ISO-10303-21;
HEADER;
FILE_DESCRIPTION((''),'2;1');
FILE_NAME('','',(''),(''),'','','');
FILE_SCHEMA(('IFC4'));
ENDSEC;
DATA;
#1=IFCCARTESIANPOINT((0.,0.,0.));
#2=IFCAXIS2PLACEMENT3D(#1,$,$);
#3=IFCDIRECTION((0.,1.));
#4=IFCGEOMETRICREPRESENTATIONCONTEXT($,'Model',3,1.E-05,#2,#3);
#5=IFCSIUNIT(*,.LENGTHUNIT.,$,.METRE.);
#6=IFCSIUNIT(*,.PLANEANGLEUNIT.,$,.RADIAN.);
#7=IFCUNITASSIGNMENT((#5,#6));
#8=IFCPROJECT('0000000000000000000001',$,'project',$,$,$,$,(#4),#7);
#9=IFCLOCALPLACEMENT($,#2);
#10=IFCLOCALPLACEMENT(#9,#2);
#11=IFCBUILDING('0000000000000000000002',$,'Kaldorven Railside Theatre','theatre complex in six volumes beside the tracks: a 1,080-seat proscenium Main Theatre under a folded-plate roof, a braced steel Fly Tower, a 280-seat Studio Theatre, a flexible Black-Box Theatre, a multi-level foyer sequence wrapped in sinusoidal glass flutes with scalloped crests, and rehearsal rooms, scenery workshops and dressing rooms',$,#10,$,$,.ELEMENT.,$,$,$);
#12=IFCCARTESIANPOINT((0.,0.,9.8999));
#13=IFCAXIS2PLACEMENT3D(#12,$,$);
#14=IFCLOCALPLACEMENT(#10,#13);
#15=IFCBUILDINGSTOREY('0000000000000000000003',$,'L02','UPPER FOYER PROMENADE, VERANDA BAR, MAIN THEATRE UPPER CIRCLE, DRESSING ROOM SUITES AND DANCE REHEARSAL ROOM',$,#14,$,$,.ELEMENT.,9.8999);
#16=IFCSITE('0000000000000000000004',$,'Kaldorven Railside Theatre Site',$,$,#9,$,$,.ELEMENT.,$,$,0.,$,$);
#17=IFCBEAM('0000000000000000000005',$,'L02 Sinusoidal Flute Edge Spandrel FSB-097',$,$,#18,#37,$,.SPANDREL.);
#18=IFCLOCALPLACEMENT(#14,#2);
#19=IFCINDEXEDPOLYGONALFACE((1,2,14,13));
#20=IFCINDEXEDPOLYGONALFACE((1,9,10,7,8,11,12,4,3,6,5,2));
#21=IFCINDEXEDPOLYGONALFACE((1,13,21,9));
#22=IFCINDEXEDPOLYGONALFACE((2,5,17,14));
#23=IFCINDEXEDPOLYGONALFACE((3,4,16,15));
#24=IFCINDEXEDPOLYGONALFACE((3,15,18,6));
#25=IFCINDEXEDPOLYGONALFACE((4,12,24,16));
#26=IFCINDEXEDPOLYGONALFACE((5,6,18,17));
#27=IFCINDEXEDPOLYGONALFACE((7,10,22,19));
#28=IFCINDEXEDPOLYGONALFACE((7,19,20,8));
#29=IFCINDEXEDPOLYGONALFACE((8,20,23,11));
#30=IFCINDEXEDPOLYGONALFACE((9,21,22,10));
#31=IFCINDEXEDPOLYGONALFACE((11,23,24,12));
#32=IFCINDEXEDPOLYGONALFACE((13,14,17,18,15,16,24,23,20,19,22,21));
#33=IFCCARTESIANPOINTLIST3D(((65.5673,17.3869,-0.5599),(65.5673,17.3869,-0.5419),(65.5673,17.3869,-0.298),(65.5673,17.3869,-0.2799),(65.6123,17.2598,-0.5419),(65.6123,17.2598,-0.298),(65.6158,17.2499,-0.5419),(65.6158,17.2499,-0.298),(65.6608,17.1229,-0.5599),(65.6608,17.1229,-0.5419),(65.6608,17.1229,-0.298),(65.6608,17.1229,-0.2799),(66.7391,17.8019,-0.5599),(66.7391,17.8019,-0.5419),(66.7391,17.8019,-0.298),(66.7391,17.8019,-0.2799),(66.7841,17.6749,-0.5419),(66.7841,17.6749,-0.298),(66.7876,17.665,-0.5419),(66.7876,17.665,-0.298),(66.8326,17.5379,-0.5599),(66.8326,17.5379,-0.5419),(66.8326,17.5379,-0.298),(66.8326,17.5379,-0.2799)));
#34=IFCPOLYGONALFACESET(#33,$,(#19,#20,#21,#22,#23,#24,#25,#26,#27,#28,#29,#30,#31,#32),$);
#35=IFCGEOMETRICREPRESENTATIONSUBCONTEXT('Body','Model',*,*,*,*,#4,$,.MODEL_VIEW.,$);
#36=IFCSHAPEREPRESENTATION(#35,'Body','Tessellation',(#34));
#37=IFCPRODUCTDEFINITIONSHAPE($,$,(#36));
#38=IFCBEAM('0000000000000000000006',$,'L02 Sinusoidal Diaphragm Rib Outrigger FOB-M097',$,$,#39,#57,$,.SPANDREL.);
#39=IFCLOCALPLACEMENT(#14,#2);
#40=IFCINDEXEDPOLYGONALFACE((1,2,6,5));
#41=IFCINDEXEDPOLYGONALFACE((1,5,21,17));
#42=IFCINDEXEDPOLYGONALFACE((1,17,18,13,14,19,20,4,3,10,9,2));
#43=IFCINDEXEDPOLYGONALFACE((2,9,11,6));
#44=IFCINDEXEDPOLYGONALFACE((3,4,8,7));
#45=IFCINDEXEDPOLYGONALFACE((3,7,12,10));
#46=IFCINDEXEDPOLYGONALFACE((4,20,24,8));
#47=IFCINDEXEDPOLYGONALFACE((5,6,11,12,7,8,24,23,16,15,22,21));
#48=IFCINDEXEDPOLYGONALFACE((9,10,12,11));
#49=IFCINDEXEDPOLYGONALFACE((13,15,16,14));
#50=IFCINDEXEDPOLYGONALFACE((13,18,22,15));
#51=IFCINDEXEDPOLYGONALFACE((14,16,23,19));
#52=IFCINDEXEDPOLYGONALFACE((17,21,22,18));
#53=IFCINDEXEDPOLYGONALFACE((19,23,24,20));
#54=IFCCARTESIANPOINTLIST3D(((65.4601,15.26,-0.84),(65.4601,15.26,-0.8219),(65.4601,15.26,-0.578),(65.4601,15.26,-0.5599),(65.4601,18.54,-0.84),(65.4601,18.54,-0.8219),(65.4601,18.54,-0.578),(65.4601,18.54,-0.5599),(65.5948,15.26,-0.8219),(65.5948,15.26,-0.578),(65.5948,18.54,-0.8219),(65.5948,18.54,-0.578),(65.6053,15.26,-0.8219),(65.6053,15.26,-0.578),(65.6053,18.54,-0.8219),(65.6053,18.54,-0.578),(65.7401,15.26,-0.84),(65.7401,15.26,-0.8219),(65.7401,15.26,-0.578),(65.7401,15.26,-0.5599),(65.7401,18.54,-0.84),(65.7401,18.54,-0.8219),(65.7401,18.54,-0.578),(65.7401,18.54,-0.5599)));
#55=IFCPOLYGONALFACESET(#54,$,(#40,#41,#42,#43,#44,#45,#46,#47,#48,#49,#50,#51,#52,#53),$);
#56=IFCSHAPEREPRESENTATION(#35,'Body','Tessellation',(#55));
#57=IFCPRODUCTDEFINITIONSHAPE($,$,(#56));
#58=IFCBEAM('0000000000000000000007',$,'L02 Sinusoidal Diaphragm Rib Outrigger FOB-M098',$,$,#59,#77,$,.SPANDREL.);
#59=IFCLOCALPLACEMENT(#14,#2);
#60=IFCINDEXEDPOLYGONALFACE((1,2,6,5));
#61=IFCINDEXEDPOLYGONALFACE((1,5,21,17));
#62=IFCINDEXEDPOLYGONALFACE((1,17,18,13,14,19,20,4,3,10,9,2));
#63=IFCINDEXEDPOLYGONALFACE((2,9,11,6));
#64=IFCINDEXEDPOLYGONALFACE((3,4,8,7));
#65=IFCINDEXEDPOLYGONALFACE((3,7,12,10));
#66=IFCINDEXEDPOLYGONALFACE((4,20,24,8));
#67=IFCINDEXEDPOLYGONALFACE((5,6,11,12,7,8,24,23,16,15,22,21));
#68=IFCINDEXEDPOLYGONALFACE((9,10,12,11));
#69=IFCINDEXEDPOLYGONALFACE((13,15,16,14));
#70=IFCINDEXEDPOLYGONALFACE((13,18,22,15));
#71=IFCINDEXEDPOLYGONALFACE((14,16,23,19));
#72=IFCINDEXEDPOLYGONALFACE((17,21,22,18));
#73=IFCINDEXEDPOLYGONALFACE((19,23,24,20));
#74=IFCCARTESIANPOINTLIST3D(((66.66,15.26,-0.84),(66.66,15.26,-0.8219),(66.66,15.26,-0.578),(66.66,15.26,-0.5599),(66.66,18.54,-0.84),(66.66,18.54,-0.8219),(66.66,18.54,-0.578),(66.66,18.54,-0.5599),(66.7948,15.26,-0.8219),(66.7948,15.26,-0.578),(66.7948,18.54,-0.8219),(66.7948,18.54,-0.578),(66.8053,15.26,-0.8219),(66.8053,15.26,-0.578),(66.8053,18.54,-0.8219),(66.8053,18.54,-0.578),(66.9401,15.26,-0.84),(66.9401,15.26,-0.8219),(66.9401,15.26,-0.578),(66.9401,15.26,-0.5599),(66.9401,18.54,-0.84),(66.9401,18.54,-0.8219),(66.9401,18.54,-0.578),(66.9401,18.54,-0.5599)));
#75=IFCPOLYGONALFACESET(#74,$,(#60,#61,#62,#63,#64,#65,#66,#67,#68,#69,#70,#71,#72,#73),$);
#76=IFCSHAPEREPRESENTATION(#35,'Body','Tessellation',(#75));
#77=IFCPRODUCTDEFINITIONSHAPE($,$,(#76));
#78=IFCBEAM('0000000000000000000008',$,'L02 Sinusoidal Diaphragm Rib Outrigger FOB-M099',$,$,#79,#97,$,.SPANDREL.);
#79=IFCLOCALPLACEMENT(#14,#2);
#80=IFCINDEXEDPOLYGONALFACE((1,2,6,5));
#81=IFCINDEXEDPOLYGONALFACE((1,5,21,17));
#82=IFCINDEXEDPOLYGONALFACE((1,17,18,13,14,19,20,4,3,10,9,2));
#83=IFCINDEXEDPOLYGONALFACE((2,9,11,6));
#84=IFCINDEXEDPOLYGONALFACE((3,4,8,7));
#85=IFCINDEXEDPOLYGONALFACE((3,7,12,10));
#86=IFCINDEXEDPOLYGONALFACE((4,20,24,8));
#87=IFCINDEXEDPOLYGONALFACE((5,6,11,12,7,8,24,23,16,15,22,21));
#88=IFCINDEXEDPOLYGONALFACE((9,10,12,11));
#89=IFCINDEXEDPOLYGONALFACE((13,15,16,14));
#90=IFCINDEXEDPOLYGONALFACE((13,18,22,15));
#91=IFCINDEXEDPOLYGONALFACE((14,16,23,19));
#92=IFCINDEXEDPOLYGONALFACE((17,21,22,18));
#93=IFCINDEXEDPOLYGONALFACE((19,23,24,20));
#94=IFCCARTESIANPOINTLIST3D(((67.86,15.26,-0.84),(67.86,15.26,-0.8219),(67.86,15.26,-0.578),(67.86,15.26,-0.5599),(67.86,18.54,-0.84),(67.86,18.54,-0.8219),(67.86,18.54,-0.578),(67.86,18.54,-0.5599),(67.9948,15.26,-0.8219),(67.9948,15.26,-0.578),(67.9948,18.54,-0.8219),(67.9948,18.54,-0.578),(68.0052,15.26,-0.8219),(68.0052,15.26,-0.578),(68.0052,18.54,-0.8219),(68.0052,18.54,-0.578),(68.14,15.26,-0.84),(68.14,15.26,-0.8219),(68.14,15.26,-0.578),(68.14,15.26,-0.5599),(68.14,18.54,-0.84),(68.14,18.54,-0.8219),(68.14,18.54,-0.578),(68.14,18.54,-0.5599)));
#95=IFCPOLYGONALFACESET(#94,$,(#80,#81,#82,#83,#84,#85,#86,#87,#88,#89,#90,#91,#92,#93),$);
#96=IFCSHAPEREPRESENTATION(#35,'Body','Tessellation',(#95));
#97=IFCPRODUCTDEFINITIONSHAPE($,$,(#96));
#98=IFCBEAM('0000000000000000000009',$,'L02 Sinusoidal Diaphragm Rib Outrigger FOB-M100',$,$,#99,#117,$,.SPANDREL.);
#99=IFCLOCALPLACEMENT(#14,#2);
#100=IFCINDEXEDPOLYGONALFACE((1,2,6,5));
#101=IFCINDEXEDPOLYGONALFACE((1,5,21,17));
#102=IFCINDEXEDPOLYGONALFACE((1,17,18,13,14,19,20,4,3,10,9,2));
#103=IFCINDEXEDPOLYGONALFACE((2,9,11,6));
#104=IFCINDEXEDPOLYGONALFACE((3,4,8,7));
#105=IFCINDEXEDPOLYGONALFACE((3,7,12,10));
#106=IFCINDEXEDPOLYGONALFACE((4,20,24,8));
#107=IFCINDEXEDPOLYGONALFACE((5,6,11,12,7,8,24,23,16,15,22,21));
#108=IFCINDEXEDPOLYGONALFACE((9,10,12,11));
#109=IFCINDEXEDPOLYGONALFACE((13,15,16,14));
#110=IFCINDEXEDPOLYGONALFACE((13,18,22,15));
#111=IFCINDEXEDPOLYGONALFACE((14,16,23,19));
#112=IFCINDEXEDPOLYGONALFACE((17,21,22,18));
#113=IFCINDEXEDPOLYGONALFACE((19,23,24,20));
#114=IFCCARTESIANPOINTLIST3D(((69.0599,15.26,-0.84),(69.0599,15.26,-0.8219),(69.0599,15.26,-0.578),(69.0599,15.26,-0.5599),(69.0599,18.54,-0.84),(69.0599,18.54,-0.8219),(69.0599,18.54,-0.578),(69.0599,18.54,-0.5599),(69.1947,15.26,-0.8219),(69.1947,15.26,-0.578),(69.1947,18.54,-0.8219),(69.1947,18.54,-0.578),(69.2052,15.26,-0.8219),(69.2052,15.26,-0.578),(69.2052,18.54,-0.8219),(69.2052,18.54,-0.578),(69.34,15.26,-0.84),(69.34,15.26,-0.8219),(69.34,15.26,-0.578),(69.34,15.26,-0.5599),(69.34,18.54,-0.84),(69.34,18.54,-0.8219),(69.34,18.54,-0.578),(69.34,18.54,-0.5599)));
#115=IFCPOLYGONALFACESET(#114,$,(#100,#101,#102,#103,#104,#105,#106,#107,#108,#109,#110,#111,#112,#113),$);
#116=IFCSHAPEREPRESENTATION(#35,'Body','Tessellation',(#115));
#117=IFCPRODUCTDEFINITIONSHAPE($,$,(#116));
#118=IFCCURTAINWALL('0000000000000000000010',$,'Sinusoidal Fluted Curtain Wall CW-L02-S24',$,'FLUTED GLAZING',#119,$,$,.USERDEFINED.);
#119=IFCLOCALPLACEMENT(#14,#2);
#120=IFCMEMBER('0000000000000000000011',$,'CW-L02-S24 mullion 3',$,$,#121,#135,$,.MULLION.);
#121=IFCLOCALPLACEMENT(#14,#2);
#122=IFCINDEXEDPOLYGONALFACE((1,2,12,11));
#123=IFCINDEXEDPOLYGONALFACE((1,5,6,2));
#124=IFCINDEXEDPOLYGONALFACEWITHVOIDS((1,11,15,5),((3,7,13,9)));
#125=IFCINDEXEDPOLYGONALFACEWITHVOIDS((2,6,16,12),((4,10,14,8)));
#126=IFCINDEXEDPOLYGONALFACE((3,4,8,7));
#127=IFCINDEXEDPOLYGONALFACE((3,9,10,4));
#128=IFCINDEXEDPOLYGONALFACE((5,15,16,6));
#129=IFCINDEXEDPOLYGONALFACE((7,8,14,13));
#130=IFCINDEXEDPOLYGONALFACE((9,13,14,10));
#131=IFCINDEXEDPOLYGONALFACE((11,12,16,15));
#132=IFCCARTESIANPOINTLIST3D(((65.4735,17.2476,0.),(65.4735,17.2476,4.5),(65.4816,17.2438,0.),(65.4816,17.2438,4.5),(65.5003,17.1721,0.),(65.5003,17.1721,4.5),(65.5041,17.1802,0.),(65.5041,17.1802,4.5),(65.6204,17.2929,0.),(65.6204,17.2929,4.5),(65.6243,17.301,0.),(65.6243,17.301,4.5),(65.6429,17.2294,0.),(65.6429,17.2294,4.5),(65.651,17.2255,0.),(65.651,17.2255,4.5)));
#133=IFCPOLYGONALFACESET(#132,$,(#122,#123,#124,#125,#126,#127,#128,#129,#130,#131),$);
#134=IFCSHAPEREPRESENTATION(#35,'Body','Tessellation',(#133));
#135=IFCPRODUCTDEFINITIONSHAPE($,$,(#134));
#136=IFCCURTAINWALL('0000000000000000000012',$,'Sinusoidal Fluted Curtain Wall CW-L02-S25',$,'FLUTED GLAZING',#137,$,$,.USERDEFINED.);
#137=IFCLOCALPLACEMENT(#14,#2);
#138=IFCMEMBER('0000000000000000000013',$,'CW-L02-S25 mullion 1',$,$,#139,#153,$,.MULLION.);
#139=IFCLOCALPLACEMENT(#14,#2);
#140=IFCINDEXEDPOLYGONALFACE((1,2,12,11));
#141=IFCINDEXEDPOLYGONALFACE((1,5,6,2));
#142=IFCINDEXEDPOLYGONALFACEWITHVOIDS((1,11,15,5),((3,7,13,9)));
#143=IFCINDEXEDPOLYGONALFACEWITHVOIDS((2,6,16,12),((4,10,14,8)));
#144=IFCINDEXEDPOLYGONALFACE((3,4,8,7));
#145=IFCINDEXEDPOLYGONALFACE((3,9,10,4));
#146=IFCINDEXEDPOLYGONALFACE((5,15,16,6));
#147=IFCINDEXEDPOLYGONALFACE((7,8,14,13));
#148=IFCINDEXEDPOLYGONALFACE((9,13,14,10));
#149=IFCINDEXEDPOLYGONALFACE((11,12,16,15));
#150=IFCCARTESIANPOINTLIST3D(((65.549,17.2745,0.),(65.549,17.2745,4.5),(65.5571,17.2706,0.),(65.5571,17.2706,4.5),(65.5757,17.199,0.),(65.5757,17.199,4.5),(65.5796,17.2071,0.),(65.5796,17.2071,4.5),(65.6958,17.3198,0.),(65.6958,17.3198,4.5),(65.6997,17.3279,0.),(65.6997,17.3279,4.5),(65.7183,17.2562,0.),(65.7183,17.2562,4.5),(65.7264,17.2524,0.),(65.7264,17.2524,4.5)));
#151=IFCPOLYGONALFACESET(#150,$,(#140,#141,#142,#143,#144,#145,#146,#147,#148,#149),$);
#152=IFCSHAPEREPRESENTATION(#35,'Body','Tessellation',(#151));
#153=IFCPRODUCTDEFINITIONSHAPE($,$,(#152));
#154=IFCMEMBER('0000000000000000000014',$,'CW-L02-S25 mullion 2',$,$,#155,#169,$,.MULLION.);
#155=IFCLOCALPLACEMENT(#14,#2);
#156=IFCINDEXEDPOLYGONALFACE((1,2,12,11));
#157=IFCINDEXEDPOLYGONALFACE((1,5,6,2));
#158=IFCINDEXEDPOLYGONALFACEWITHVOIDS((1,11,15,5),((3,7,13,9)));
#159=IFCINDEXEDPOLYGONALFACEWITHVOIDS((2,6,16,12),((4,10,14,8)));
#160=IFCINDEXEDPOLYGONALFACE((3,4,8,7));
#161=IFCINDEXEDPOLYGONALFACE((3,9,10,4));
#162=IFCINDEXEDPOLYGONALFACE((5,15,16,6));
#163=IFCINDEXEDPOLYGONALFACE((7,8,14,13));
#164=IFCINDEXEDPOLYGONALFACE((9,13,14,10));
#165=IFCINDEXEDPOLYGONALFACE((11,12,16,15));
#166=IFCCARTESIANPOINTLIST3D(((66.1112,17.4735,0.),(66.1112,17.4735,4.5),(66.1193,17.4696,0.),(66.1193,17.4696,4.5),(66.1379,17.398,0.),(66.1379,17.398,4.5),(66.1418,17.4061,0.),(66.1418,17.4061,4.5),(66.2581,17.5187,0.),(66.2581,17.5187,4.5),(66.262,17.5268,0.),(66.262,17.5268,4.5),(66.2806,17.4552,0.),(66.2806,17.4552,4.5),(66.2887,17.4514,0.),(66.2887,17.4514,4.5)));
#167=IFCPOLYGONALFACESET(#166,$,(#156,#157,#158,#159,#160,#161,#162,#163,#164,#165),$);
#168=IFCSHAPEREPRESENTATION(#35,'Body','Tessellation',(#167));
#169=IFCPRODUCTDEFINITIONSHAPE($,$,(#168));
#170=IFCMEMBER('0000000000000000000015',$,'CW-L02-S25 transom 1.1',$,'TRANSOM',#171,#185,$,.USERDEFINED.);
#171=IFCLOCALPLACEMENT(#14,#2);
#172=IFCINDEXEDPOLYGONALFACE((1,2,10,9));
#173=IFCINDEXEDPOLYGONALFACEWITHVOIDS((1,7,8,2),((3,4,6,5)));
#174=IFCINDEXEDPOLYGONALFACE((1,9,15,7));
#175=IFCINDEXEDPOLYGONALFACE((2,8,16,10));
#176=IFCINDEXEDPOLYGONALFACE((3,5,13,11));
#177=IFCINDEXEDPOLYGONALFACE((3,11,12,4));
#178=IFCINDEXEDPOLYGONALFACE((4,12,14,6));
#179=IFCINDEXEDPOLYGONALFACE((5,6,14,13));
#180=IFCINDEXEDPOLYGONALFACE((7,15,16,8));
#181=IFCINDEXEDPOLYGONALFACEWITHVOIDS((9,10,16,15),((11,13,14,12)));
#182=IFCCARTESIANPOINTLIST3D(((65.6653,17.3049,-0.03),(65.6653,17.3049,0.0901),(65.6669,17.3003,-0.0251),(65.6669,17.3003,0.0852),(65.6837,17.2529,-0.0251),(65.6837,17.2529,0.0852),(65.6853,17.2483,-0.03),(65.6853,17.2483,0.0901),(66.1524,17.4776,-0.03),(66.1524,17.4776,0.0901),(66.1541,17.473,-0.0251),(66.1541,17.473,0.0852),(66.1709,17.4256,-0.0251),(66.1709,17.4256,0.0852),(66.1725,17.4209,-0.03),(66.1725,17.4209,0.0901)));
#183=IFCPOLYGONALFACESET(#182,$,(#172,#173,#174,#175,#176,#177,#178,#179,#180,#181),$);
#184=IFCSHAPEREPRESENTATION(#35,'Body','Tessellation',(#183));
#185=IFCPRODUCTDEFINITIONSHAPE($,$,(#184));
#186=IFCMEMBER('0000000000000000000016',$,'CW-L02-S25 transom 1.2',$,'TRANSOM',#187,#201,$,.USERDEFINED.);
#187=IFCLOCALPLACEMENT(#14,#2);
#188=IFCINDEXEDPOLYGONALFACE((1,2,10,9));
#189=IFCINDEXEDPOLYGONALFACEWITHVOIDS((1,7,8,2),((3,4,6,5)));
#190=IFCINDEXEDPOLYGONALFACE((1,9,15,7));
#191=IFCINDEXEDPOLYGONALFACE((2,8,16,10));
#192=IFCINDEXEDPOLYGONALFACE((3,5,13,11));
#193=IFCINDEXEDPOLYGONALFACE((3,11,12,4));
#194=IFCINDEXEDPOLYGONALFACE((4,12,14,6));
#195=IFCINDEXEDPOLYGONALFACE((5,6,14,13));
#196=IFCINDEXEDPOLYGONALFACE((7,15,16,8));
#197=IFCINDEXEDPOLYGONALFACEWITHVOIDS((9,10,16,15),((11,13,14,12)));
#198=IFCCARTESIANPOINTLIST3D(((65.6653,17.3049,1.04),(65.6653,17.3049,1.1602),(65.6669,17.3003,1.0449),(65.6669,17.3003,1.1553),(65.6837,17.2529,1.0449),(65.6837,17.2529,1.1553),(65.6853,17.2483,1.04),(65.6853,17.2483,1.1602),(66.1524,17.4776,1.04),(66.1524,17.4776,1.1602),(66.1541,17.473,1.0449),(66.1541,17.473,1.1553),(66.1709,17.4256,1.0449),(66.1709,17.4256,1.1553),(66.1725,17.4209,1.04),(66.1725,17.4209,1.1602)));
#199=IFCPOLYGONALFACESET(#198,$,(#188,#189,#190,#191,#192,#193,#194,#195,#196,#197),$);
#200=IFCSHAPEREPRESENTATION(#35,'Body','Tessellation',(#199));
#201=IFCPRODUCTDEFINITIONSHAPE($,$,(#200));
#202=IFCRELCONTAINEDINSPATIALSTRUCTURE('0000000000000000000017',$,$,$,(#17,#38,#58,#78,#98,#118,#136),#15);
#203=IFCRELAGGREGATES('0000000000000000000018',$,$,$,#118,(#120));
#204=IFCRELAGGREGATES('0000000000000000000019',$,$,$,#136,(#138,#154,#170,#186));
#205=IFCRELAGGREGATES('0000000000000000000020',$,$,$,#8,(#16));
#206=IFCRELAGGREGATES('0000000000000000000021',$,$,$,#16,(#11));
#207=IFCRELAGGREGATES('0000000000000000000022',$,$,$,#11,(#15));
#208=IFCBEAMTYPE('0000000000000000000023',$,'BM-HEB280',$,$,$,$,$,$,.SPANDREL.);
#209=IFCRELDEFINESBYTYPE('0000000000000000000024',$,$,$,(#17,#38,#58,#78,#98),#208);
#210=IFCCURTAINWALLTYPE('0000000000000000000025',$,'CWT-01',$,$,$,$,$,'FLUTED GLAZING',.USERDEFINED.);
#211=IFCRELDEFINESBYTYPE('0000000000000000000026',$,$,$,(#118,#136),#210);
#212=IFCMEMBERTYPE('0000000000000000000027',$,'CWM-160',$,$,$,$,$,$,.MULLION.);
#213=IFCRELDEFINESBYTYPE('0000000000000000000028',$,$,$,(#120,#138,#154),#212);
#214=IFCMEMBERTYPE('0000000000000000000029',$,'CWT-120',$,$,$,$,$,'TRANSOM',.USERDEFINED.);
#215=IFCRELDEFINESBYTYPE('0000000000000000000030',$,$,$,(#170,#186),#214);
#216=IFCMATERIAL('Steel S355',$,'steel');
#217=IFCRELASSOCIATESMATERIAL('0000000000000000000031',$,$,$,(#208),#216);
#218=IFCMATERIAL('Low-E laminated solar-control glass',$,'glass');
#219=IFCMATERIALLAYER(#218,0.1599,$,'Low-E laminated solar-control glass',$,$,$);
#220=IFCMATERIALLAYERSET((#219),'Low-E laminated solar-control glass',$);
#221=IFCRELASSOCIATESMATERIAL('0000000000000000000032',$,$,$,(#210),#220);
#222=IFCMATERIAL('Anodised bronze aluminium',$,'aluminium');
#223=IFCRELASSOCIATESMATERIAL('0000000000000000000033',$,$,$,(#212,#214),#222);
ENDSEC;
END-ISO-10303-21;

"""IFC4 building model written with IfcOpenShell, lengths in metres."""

from ifc_helpers import new_model, si_unit, direction, frame, origin, origin_2d, place, context, subcontext, project, spatial, hollow_rectangle, i_section, extrude, material, layer, layer_set, material_profile, profile_set, type_object, element, aggregate, save


model = new_model("IFC4")

# Units and contexts
model_context = context("Model", 3, precision=1e-05, world=origin(), true_north=direction((0.0, 1.0)))
body_context = subcontext(model_context, "Body", "Model", "MODEL_VIEW")
ifc_project = project(units=[si_unit("LENGTHUNIT", "METRE"), si_unit("PLANEANGLEUNIT", "RADIAN")], contexts=[model_context])

# Site, building, storey
site_placement = place(None, origin())
site = spatial("IfcSite", under=ifc_project, at=site_placement, Name="Kaldorven Railside Theatre Site", CompositionType="ELEMENT", RefElevation=0.0)
building_placement = place(site_placement, origin())
building = spatial("IfcBuilding", under=site, at=building_placement, Name="Kaldorven Railside Theatre", Description="theatre complex in six volumes beside the tracks: a 1,080-seat proscenium Main Theatre under a folded-plate roof, a braced steel Fly Tower, a 280-seat Studio Theatre, a flexible Black-Box Theatre, a multi-level foyer sequence wrapped in sinusoidal glass flutes with scalloped crests, and rehearsal rooms, scenery workshops and dressing rooms", CompositionType="ELEMENT")
storey_placement = place(building_placement, frame((0.0, 0.0, 9.8999)))
storey = spatial("IfcBuildingStorey", under=building, at=storey_placement, Name="L02", Description="UPPER FOYER PROMENADE, VERANDA BAR, MAIN THEATRE UPPER CIRCLE, DRESSING ROOM SUITES AND DANCE REHEARSAL ROOM", CompositionType="ELEMENT", Elevation=9.8999)

# Beams
ifc_material_1 = material(Name="Steel S355", Category="steel")
ifc_material_profile_1 = material_profile(ifc_material_1, i_section(OverallWidth=0.28, OverallDepth=0.28, WebThickness=0.0105, FlangeThickness=0.0181, at=origin_2d()), Name="HEB 280")
ifc_profile_set_1 = profile_set([ifc_material_profile_1], Name="Steel S355")
beam_type = type_object("IfcBeamType", Name="BM-HEB280", PredefinedType="SPANDREL", material=ifc_profile_set_1)
beam_placement = place(storey_placement, frame((65.614, 17.2549, -0.4199), z_axis=(0.942627, 0.333847, 0.0), x_axis=(-0.333847, 0.942627, 0.0)))
element("IfcBeam", 1, at=beam_placement, inside=storey, type_object=beam_type, Name="L02 Sinusoidal Flute Edge Spandrel FSB-097", PredefinedType="SPANDREL", context=body_context, shape_type="SweptSolid", body=[
    extrude(i_section(OverallWidth=0.28, OverallDepth=0.28, WebThickness=0.0105, FlangeThickness=0.0181, at=origin_2d()), origin(), (0.0, 0.0, 1.0), 1.2432),
])
for number, where, z_axis, x_axis, name in (
    (2, (65.6001, 15.26, -0.7), (0.0, 1.0, 0.0), (-1.0, 0.0, 0.0), "L02 Sinusoidal Diaphragm Rib Outrigger FOB-M097"),
    (3, (66.8, 15.26, -0.7), (0.0, 1.0, 0.0), (-1.0, 0.0, 0.0), "L02 Sinusoidal Diaphragm Rib Outrigger FOB-M098"),
    (4, (68.0, 15.26, -0.7), (0.0, 1.0, 0.0), (-1.0, 0.0, 0.0), "L02 Sinusoidal Diaphragm Rib Outrigger FOB-M099"),
    (5, (69.2, 15.26, -0.7), (0.0, 1.0, 0.0), (-1.0, 0.0, 0.0), "L02 Sinusoidal Diaphragm Rib Outrigger FOB-M100"),
):
    element("IfcBeam", number, at=place(storey_placement, frame(where, z_axis=z_axis, x_axis=x_axis)), inside=storey, type_object=beam_type, Name=name, PredefinedType="SPANDREL", context=body_context, shape_type="SweptSolid", body=[
        extrude(i_section(OverallWidth=0.28, OverallDepth=0.28, WebThickness=0.0105, FlangeThickness=0.0181, at=origin_2d()), origin(), (0.0, 0.0, 1.0), 3.28),
    ])

# Curtain wall, member
ifc_material_2 = material(Name="Low-E laminated solar-control glass", Category="glass")
ifc_layer_1 = layer(ifc_material_2, 0.1599, Name="Low-E laminated solar-control glass")
ifc_layer_set_1 = layer_set([ifc_layer_1], Name="Low-E laminated solar-control glass")
curtain_wall_type_1 = type_object("IfcCurtainWallType", Name="CWT-01", ElementType="FLUTED GLAZING", PredefinedType="USERDEFINED", material=ifc_layer_set_1)
curtain_wall_1_placement = place(storey_placement, origin())
curtain_wall_1 = element("IfcCurtainWall", 6, at=curtain_wall_1_placement, inside=storey, type_object=curtain_wall_type_1, Name="Sinusoidal Fluted Curtain Wall CW-L02-S24", ObjectType="FLUTED GLAZING", PredefinedType="USERDEFINED")
ifc_material_3 = material(Name="Anodised bronze aluminium", Category="aluminium")
ifc_material_profile_2 = material_profile(ifc_material_3, hollow_rectangle(XDim=0.0801, YDim=0.1599, WallThickness=0.0063, at=origin_2d()), Name="RHS 160x80x6.3")
ifc_profile_set_2 = profile_set([ifc_material_profile_2], Name="Anodised bronze aluminium")
member_type_1 = type_object("IfcMemberType", Name="CWM-160", PredefinedType="MULLION", material=ifc_profile_set_2)
member_1_placement = place(storey_placement, frame((65.5623, 17.2366, 0.0), z_axis=(0.0, 0.0, 1.0), x_axis=(-0.333847, 0.942627, 0.0)))
member_1 = element("IfcMember", 7, at=member_1_placement, type_object=member_type_1, Name="CW-L02-S24 mullion 3", PredefinedType="MULLION", context=body_context, shape_type="SweptSolid", body=[
    extrude(hollow_rectangle(XDim=0.0801, YDim=0.1599, WallThickness=0.0063, at=origin_2d()), origin(), (0.0, 0.0, 1.0), 4.5),
])
aggregate(curtain_wall_1, [member_1])

# Curtain wall, members
curtain_wall_2_placement = place(storey_placement, origin())
curtain_wall_2 = element("IfcCurtainWall", 8, at=curtain_wall_2_placement, inside=storey, type_object=curtain_wall_type_1, Name="Sinusoidal Fluted Curtain Wall CW-L02-S25", ObjectType="FLUTED GLAZING", PredefinedType="USERDEFINED")
member_2_placement = place(storey_placement, frame((65.6377, 17.2634, 0.0), z_axis=(0.0, 0.0, 1.0), x_axis=(-0.333847, 0.942627, 0.0)))
member_2 = element("IfcMember", 9, at=member_2_placement, type_object=member_type_1, Name="CW-L02-S25 mullion 1", PredefinedType="MULLION", context=body_context, shape_type="SweptSolid", body=[
    extrude(hollow_rectangle(XDim=0.0801, YDim=0.1599, WallThickness=0.0063, at=origin_2d()), origin(), (0.0, 0.0, 1.0), 4.5),
])
member_3_placement = place(storey_placement, frame((66.2, 17.4624, 0.0), z_axis=(0.0, 0.0, 1.0), x_axis=(-0.333847, 0.942627, 0.0)))
member_3 = element("IfcMember", 10, at=member_3_placement, type_object=member_type_1, Name="CW-L02-S25 mullion 2", PredefinedType="MULLION", context=body_context, shape_type="SweptSolid", body=[
    extrude(hollow_rectangle(XDim=0.0801, YDim=0.1599, WallThickness=0.0063, at=origin_2d()), origin(), (0.0, 0.0, 1.0), 4.5),
])
ifc_material_profile_3 = material_profile(ifc_material_3, hollow_rectangle(XDim=0.0601, YDim=0.1201, WallThickness=0.0049, at=origin_2d()), Name="RHS 120x60x5")
ifc_profile_set_3 = profile_set([ifc_material_profile_3], Name="Anodised bronze aluminium")
member_type_2 = type_object("IfcMemberType", Name="CWT-120", ElementType="TRANSOM", PredefinedType="USERDEFINED", material=ifc_profile_set_3)
member_4_placement = place(storey_placement, frame((65.6753, 17.2766, 0.03), z_axis=(0.942562, 0.334031, 0.0), x_axis=(-0.334031, 0.942562, 0.0)))
member_4 = element("IfcMember", 11, at=member_4_placement, type_object=member_type_2, Name="CW-L02-S25 transom 1.1", ObjectType="TRANSOM", PredefinedType="USERDEFINED", context=body_context, shape_type="SweptSolid", body=[
    extrude(hollow_rectangle(XDim=0.0601, YDim=0.1201, WallThickness=0.0049, at=origin_2d()), origin(), (0.0, 0.0, 1.0), 0.5168),
])
member_5_placement = place(storey_placement, frame((65.6753, 17.2766, 1.1001), z_axis=(0.942562, 0.334031, 0.0), x_axis=(-0.334031, 0.942562, 0.0)))
member_5 = element("IfcMember", 12, at=member_5_placement, type_object=member_type_2, Name="CW-L02-S25 transom 1.2", ObjectType="TRANSOM", PredefinedType="USERDEFINED", context=body_context, shape_type="SweptSolid", body=[
    extrude(hollow_rectangle(XDim=0.0601, YDim=0.1201, WallThickness=0.0049, at=origin_2d()), origin(), (0.0, 0.0, 1.0), 0.5168),
])

aggregate(curtain_wall_2, [member_2, member_3, member_4, member_5])

save(model, "model.ifc")
